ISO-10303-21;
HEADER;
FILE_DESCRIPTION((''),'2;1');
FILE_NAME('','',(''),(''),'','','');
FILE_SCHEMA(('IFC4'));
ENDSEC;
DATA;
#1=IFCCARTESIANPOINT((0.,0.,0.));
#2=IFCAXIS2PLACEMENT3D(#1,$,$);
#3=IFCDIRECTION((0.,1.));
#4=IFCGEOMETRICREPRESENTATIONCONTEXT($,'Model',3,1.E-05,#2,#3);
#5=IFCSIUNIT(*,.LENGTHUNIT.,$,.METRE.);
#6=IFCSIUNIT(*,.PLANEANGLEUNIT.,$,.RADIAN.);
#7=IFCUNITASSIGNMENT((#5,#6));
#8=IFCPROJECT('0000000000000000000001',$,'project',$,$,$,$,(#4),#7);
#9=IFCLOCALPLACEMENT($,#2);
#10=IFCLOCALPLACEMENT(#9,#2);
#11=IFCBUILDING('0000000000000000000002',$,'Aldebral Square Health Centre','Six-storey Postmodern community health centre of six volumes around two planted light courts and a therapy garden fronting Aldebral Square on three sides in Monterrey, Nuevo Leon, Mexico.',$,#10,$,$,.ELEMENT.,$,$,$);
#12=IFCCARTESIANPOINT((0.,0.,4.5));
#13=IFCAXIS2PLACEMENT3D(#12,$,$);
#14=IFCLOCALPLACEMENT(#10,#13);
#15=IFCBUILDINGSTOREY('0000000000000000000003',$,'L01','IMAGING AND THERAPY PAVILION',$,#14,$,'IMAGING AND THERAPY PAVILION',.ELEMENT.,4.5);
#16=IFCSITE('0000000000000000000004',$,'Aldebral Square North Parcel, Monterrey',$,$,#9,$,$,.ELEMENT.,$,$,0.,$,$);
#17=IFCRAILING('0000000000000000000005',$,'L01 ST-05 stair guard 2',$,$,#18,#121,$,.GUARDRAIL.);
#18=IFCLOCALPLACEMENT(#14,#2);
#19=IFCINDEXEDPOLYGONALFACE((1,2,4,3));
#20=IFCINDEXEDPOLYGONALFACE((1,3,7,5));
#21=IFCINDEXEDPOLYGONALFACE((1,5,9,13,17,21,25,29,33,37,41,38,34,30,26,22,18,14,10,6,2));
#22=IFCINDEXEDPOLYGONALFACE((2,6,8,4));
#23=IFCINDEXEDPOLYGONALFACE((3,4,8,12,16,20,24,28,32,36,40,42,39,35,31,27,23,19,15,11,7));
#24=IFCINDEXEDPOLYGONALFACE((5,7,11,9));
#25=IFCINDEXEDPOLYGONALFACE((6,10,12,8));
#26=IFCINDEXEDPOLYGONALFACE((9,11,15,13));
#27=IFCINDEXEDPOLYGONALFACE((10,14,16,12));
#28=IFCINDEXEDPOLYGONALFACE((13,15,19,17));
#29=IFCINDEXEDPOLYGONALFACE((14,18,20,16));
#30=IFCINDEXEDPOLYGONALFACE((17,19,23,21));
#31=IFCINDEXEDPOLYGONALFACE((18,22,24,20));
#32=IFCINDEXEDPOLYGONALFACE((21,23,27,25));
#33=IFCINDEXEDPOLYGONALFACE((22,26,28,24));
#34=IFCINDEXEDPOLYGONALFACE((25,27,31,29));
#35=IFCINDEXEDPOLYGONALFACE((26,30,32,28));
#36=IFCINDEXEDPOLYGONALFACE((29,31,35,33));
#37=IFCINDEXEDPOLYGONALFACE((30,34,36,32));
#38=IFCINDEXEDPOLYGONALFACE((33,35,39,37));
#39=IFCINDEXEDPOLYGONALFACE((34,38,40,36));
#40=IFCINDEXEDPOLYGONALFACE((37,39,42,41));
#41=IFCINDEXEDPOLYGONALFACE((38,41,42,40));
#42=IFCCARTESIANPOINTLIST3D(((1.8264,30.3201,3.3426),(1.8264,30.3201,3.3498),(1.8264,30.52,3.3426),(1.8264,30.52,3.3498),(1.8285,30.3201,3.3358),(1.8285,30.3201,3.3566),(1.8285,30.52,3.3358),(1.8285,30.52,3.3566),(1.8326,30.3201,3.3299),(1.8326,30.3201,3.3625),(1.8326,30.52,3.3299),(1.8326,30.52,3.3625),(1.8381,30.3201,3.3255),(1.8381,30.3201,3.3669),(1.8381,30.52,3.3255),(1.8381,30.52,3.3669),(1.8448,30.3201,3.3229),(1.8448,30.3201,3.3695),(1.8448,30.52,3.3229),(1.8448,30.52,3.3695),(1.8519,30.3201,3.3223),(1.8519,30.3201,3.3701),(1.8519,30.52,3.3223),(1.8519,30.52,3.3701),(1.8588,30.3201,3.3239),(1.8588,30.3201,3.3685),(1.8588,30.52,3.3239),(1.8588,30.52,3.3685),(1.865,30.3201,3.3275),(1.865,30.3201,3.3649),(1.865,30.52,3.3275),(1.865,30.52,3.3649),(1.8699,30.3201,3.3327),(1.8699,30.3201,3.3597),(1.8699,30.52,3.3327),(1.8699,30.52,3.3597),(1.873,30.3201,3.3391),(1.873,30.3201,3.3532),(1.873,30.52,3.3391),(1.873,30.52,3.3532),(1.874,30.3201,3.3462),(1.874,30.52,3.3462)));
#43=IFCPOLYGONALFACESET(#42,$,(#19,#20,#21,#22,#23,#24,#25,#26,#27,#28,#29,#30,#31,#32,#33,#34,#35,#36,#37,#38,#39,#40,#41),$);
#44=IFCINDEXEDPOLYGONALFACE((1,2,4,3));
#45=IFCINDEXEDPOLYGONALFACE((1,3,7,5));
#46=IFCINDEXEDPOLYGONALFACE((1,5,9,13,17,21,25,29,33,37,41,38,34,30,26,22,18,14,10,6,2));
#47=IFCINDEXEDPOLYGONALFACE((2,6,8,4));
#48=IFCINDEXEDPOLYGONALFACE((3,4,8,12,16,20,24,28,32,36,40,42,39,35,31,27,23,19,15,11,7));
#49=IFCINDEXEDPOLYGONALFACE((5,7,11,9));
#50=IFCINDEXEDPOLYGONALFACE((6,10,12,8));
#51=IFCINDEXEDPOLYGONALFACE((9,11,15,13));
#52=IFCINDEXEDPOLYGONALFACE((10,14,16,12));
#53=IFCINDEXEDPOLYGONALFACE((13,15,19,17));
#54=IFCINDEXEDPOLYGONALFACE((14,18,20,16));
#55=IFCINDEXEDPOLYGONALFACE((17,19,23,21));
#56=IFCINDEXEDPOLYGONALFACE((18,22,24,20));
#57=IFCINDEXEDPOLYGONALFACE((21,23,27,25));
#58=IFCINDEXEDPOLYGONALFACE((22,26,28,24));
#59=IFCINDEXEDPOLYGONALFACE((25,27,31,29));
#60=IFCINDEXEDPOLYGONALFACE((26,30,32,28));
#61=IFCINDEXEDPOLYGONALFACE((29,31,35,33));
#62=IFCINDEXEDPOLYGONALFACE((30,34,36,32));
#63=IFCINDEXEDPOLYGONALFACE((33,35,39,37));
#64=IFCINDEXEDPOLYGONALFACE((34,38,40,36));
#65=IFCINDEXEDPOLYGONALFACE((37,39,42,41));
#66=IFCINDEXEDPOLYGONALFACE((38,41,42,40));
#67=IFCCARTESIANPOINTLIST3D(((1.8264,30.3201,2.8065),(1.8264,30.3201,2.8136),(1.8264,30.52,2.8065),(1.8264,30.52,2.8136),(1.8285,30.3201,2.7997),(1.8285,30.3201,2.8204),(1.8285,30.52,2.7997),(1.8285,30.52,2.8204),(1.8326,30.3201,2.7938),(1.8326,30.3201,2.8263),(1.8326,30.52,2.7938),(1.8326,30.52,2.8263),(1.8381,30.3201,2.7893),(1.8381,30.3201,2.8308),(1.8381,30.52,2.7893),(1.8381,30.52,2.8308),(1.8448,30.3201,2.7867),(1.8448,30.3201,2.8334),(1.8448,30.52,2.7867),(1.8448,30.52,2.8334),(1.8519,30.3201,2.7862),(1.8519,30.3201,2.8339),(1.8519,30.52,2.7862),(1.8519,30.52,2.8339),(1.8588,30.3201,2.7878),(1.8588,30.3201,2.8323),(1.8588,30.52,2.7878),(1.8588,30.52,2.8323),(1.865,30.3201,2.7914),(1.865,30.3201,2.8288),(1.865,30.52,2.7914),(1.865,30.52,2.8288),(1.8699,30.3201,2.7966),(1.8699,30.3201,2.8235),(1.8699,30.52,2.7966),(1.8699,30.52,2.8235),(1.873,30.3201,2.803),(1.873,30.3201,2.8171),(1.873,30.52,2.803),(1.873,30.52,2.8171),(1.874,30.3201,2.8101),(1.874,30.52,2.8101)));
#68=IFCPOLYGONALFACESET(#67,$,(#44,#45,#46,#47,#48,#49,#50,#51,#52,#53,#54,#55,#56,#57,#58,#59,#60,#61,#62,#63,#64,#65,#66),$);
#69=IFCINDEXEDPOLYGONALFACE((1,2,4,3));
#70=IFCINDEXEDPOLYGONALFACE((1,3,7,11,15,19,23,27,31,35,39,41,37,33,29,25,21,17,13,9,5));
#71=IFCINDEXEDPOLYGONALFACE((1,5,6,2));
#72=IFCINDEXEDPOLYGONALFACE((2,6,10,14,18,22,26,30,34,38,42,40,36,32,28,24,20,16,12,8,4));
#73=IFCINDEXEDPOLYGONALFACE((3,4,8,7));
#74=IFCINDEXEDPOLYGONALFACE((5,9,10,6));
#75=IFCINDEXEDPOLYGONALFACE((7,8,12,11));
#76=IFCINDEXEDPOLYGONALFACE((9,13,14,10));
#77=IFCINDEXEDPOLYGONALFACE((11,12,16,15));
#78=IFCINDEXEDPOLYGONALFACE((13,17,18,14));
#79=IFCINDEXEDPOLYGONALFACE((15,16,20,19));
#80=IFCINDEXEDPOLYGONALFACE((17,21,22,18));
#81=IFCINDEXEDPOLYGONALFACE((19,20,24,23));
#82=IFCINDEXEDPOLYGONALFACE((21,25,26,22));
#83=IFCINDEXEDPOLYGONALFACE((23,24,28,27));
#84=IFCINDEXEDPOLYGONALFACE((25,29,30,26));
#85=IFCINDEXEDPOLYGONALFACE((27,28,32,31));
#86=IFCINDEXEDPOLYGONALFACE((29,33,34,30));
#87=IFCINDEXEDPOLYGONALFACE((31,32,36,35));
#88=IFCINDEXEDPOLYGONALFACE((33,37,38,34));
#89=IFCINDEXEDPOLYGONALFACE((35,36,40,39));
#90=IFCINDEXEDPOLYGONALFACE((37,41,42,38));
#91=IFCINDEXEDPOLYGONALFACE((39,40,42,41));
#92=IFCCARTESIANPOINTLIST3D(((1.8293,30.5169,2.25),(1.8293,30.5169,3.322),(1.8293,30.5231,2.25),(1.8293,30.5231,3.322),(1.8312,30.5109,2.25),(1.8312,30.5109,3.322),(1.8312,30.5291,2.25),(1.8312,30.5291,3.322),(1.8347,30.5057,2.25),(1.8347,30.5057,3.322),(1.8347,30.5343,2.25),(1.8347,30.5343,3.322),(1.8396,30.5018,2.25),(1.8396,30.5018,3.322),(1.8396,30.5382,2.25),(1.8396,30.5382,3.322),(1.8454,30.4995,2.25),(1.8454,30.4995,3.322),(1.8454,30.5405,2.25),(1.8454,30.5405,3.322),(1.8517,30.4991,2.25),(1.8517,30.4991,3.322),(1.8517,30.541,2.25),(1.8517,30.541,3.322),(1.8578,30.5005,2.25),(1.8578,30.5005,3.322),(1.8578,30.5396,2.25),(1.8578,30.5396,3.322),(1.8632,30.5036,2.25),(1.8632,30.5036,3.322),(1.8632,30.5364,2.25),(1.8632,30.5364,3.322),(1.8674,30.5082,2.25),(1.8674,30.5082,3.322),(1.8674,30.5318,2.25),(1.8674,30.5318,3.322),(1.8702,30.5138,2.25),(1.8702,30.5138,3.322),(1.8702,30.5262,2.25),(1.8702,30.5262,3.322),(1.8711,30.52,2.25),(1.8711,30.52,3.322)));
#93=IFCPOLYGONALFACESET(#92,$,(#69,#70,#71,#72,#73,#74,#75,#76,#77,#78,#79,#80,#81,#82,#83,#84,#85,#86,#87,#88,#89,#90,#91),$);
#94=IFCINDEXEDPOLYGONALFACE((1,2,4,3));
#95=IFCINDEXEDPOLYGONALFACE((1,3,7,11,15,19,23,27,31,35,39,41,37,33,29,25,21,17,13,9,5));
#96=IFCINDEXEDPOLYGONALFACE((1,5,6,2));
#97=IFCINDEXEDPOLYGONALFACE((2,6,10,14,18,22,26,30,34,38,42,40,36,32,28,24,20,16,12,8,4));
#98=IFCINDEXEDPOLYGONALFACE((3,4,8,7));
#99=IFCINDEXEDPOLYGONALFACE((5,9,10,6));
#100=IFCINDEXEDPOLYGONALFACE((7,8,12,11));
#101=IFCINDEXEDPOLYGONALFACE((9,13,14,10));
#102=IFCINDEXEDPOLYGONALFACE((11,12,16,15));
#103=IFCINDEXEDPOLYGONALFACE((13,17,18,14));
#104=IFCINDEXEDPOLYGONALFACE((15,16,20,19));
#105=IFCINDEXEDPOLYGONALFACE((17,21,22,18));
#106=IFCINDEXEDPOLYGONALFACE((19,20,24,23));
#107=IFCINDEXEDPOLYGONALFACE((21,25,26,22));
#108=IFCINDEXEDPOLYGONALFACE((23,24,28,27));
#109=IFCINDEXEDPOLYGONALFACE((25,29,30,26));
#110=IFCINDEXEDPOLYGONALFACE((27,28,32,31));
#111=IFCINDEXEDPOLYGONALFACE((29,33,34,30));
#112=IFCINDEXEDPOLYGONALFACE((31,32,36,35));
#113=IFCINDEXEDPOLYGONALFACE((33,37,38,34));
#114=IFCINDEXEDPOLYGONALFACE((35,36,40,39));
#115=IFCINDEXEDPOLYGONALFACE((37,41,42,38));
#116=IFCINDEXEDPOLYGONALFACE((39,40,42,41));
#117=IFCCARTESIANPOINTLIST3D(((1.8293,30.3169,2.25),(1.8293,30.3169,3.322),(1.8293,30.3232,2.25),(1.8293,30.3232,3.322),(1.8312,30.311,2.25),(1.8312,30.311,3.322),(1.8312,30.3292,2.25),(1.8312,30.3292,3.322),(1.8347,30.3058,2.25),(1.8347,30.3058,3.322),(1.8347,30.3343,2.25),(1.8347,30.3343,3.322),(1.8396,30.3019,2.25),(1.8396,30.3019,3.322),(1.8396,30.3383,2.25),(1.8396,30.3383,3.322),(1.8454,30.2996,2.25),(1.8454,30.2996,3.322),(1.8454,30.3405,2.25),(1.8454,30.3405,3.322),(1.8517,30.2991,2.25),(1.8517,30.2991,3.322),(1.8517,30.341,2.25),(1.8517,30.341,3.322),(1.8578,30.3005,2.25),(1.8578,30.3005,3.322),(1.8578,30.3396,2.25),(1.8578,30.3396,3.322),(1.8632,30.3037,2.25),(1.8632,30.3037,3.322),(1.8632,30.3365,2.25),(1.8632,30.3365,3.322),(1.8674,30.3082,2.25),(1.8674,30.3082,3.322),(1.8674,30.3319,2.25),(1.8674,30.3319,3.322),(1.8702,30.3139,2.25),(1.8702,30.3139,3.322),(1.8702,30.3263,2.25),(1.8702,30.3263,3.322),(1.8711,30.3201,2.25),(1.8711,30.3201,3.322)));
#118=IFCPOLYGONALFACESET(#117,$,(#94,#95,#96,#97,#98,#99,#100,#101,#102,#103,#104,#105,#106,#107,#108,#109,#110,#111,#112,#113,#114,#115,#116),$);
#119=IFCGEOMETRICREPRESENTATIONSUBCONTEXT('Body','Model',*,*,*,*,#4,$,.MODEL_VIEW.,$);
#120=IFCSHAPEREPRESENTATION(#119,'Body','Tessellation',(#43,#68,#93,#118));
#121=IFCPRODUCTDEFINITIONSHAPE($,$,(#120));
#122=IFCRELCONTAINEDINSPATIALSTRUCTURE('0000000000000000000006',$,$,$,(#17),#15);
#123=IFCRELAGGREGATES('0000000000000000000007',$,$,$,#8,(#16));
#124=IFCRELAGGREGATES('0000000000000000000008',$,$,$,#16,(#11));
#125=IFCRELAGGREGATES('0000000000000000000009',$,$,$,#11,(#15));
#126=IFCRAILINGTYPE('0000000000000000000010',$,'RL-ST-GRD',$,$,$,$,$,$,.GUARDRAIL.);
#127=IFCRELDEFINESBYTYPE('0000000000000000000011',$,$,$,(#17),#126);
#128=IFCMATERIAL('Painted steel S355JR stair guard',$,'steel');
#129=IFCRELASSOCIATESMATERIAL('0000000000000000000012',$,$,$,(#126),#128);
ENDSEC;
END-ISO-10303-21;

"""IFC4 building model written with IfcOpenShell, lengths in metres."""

from ifc_helpers import new_model, si_unit, direction, frame, origin, origin_2d, place, context, subcontext, project, spatial, circle, extrude, material, type_object, element, save


model = new_model("IFC4")

# Units and contexts
model_context = context("Model", 3, precision=1e-05, world=origin(), true_north=direction((0.0, 1.0)))
body_context = subcontext(model_context, "Body", "Model", "MODEL_VIEW")
ifc_project = project(units=[si_unit("LENGTHUNIT", "METRE"), si_unit("PLANEANGLEUNIT", "RADIAN")], contexts=[model_context])

# Site, building, storey
site_placement = place(None, origin())
site = spatial("IfcSite", under=ifc_project, at=site_placement, Name="Aldebral Square North Parcel, Monterrey", CompositionType="ELEMENT", RefElevation=0.0)
building_placement = place(site_placement, origin())
building = spatial("IfcBuilding", under=site, at=building_placement, Name="Aldebral Square Health Centre", Description="Six-storey Postmodern community health centre of six volumes around two planted light courts and a therapy garden fronting Aldebral Square on three sides in Monterrey, Nuevo Leon, Mexico.", CompositionType="ELEMENT")
storey_placement = place(building_placement, frame((0.0, 0.0, 4.5)))
storey = spatial("IfcBuildingStorey", under=building, at=storey_placement, Name="L01", Description="IMAGING AND THERAPY PAVILION", LongName="IMAGING AND THERAPY PAVILION", CompositionType="ELEMENT", Elevation=4.5)

# Railing
ifc_material_1 = material(Name="Painted steel S355JR stair guard", Category="steel")
railing_type_1 = type_object("IfcRailingType", Name="RL-ST-GRD", PredefinedType="GUARDRAIL", material=ifc_material_1)
railing_1_placement = place(storey_placement, frame((1.8501, 30.52, 2.25)))
element("IfcRailing", 1, at=railing_1_placement, inside=storey, type_object=railing_type_1, Name="L01 ST-05 stair guard 2", PredefinedType="GUARDRAIL", context=body_context, shape_type="SweptSolid", body=[
    extrude(circle(Radius=0.0239, at=origin_2d()), frame((0.0, 0.0, 1.0962), z_axis=(0.0, -1.0, 0.0), x_axis=(1.0, 0.0, 0.0)), (0.0, 0.0, 1.0), 0.2),
    extrude(circle(Radius=0.0239, at=origin_2d()), frame((0.0, 0.0, 0.5601), z_axis=(0.0, -1.0, 0.0), x_axis=(1.0, 0.0, 0.0)), (0.0, 0.0, 1.0), 0.2),
    extrude(circle(Radius=0.021, at=origin_2d()), origin(), (0.0, 0.0, 1.0), 1.072),
    extrude(circle(Radius=0.021, at=origin_2d()), frame((0.0, -0.2, 0.0)), (0.0, 0.0, 1.0), 1.072),
])

save(model, "model.ifc")
